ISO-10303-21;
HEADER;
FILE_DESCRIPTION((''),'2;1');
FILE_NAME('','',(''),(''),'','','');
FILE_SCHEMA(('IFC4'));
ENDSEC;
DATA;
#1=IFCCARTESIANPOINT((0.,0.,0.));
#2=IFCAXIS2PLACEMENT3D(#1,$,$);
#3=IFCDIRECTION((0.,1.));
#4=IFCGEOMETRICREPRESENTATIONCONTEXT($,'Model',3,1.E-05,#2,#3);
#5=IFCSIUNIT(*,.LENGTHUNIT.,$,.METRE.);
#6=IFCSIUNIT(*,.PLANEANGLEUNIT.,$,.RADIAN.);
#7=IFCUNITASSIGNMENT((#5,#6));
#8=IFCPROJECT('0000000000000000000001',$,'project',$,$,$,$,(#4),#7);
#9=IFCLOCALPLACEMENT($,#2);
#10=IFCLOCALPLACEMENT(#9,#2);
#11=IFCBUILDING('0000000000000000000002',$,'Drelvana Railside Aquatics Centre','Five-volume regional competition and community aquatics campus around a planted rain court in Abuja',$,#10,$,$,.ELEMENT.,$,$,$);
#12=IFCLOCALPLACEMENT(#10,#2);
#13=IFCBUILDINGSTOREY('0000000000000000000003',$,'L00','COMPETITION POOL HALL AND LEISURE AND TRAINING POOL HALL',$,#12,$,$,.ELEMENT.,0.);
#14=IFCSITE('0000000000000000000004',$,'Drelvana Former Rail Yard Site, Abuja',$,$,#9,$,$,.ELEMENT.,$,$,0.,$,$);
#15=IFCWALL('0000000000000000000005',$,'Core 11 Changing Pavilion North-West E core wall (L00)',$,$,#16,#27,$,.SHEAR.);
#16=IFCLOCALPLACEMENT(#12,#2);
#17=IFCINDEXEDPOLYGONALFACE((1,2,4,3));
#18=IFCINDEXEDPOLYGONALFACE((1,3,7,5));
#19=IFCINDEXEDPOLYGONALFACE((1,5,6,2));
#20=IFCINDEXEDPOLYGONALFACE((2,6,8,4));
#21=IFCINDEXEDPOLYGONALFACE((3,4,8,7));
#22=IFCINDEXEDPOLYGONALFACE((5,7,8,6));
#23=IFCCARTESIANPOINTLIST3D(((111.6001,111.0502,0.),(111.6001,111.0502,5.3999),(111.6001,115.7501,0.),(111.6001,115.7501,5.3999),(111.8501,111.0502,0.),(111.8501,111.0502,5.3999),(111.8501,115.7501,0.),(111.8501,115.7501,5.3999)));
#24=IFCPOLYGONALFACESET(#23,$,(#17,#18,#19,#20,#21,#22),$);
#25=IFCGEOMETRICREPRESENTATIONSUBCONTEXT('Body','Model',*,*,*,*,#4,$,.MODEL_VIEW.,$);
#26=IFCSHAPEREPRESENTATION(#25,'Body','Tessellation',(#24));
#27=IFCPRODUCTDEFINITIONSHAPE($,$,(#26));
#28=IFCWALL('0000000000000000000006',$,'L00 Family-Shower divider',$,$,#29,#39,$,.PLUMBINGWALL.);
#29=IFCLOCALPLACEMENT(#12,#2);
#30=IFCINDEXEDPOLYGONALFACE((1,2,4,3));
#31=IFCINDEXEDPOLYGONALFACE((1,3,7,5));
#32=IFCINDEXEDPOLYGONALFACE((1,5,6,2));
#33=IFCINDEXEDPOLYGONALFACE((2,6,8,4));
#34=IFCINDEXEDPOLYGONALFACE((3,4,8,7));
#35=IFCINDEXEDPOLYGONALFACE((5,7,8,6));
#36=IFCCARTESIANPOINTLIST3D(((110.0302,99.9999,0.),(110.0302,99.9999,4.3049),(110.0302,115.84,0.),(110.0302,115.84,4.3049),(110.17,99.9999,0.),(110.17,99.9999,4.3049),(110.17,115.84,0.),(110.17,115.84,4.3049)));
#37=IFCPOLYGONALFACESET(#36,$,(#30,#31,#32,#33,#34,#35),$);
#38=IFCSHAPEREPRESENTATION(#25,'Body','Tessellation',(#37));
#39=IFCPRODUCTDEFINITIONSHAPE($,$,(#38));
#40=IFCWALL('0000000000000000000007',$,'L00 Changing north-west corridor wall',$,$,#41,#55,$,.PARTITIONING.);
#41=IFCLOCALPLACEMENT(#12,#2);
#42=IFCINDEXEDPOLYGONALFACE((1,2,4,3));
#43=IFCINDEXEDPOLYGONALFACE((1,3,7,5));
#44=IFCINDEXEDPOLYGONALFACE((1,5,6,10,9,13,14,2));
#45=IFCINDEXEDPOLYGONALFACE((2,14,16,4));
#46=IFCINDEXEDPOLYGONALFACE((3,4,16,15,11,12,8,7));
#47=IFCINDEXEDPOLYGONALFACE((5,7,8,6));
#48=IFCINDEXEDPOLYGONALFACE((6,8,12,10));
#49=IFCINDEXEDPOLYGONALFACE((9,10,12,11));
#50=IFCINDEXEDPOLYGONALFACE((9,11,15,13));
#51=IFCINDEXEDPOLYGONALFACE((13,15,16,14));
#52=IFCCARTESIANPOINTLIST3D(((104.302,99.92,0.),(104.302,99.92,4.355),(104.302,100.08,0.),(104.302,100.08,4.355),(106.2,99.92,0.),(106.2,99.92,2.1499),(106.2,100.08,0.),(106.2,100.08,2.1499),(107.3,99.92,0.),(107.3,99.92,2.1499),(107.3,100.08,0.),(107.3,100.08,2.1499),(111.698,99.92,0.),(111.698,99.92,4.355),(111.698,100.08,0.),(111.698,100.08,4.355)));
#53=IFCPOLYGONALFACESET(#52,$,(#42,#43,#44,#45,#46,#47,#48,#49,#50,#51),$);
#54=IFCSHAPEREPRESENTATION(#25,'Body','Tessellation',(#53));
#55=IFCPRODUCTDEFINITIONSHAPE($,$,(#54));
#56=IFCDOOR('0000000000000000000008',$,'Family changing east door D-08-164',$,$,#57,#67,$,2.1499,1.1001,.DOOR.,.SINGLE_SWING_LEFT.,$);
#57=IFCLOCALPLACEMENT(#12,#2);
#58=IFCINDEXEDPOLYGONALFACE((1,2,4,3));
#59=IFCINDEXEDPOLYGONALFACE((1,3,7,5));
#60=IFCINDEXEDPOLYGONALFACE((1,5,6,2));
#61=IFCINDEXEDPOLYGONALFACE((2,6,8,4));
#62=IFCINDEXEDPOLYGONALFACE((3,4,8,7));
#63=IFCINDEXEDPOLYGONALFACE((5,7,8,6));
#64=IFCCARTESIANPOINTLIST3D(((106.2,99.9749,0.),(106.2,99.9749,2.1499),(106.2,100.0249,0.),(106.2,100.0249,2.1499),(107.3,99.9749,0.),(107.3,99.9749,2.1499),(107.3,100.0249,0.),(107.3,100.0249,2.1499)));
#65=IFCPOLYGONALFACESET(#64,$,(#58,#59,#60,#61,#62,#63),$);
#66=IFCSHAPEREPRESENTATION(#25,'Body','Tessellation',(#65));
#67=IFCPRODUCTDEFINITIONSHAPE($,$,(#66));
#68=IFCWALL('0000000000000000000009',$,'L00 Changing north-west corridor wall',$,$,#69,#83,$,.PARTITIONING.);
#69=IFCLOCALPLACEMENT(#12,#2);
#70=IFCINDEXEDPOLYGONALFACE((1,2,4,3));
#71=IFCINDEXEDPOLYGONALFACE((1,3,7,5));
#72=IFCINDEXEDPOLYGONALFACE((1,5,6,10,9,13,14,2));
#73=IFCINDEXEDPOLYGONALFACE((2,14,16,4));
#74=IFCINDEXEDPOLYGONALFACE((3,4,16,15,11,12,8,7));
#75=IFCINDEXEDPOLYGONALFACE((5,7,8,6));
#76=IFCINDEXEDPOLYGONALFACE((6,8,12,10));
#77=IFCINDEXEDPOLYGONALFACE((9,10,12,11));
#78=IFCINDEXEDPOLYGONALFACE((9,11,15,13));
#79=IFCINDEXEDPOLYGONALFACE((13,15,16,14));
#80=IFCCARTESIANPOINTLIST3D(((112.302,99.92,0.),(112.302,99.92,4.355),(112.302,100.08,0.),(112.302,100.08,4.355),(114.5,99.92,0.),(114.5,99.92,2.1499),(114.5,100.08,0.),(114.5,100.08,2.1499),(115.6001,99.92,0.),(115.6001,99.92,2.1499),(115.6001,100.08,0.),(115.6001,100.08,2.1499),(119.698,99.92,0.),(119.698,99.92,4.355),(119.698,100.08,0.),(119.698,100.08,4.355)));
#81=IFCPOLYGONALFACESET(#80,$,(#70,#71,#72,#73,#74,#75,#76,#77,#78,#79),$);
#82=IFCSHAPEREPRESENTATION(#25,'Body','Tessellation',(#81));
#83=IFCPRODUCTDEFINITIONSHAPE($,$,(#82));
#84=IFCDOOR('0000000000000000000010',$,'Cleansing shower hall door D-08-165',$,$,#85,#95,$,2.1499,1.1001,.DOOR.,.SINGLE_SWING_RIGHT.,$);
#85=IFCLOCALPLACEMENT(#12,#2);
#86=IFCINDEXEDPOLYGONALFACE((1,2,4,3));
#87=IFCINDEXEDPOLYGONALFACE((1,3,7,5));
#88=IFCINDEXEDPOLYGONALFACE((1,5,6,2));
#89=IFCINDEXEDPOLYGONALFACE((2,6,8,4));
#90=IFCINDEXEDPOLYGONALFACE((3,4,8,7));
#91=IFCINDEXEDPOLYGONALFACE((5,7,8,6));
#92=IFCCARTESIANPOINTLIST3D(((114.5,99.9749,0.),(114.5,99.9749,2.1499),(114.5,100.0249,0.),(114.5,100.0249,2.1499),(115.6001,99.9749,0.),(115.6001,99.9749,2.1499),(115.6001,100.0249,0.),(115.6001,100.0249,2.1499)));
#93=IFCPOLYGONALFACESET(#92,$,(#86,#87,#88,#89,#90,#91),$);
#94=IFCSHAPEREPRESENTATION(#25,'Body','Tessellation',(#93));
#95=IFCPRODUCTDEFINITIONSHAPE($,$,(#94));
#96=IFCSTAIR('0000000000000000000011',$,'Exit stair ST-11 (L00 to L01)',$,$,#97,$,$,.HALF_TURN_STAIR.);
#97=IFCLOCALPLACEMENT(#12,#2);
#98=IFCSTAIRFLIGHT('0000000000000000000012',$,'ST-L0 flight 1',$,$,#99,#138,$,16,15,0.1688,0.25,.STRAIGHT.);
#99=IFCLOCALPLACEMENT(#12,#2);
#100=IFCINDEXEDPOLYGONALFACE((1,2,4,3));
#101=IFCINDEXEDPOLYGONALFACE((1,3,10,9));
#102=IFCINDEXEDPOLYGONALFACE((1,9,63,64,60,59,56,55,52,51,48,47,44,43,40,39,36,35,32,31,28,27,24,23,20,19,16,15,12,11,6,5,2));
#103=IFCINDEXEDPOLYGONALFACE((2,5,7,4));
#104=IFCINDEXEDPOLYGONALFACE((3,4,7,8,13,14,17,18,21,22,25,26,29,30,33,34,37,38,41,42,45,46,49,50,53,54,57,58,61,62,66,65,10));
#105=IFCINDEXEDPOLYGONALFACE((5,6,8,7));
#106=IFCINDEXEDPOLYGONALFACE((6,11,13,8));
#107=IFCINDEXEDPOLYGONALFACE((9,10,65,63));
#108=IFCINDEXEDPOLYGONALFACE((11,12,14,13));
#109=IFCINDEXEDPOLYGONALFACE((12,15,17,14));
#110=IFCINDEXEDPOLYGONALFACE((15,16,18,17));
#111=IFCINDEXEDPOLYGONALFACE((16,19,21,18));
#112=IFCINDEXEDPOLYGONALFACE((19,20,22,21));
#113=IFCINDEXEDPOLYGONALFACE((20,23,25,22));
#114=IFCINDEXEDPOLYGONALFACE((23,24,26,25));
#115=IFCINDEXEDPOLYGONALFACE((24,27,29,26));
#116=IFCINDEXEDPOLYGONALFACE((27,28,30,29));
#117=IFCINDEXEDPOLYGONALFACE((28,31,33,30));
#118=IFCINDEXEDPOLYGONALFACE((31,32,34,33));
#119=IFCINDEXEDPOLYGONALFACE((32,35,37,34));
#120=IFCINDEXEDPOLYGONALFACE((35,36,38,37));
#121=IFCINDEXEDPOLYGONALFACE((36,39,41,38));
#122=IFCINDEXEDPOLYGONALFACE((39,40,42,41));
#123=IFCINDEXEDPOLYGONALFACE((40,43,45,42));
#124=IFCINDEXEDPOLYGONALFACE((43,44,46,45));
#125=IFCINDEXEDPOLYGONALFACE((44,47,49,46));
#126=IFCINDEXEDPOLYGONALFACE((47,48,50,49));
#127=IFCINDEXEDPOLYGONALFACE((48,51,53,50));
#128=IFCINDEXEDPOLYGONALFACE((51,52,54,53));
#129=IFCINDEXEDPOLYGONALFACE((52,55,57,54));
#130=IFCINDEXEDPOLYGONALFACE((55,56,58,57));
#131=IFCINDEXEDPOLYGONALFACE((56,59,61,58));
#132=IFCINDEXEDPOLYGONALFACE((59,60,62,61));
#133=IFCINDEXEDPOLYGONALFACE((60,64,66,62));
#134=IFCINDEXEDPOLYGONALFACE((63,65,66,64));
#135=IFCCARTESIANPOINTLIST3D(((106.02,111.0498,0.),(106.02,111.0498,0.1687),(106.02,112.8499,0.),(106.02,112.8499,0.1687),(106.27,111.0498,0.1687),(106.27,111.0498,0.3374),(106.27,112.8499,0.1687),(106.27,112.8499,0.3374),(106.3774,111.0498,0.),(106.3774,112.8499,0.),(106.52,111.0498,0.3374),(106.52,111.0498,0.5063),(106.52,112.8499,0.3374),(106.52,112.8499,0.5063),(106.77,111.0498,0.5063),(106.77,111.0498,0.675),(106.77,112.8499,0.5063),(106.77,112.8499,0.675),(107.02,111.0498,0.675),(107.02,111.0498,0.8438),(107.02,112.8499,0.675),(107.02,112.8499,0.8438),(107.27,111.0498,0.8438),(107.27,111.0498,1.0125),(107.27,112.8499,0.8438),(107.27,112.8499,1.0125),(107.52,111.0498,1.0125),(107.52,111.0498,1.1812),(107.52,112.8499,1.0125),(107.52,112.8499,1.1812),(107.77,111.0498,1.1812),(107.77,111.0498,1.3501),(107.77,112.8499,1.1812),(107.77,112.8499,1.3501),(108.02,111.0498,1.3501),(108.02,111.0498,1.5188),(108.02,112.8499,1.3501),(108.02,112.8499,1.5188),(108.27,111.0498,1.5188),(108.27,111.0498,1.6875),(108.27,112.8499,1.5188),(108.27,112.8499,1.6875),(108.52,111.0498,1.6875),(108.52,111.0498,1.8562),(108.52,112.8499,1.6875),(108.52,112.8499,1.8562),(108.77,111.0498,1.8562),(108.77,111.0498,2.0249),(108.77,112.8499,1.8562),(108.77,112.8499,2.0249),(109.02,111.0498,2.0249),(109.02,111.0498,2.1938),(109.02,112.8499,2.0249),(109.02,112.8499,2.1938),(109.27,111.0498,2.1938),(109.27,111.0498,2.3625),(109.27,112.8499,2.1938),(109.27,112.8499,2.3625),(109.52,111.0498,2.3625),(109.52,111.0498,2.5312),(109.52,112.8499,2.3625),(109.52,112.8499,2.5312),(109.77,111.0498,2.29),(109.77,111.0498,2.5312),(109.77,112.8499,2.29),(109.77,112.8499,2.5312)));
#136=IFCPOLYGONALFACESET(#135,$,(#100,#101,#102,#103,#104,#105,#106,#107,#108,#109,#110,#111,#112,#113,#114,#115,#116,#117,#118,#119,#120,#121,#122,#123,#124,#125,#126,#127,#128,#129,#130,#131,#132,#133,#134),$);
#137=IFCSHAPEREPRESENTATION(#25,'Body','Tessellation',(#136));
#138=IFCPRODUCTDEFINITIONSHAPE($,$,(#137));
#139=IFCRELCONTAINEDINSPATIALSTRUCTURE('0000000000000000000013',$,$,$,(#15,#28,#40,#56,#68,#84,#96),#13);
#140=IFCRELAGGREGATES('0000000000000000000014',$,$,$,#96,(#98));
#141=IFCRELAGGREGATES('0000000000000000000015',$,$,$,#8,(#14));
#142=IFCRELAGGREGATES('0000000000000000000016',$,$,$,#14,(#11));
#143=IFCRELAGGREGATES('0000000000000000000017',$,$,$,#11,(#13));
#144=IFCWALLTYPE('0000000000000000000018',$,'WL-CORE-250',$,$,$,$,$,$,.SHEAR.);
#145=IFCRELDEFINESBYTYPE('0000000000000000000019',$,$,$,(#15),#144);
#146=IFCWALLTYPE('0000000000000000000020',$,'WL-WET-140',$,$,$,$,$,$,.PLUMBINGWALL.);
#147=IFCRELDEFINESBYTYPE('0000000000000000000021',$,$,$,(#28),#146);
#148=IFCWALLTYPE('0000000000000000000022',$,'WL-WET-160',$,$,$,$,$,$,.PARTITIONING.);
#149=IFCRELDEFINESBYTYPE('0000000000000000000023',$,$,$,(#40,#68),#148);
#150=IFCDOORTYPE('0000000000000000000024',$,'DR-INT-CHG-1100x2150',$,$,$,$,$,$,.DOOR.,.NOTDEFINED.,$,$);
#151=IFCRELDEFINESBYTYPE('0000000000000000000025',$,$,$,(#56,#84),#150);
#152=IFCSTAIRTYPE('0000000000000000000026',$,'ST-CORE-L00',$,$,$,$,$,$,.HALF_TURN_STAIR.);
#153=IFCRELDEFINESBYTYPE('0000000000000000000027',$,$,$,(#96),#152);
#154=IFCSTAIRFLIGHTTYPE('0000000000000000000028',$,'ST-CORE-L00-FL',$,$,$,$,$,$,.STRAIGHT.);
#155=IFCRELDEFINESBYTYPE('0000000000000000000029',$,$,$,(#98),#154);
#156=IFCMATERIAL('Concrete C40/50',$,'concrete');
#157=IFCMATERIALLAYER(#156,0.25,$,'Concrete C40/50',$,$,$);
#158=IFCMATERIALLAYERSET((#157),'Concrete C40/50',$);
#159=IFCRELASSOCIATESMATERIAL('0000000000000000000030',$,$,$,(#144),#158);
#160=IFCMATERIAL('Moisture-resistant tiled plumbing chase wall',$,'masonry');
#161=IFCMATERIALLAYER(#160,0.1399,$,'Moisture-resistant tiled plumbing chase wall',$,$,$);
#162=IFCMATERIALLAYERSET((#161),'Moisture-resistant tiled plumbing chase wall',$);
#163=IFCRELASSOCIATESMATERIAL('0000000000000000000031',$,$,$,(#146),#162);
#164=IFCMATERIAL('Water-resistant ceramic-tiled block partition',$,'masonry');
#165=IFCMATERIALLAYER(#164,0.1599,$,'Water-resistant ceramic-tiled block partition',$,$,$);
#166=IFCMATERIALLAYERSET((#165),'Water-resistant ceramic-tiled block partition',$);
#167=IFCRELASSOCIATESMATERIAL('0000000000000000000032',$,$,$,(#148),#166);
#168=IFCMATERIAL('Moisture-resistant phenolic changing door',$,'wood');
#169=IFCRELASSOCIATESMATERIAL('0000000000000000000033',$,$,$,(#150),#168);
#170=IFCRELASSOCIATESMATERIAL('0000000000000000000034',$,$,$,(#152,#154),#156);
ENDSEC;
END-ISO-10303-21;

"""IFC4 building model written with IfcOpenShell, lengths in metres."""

from ifc_helpers import new_model, si_unit, direction, frame, frame_2d, origin, place, context, subcontext, project, spatial, polyline, rectangle, outline, extrude, material, layer, layer_set, type_object, element, fill, aggregate, save


model = new_model("IFC4")

# Units and contexts
model_context = context("Model", 3, precision=1e-05, world=origin(), true_north=direction((0.0, 1.0)))
body_context = subcontext(model_context, "Body", "Model", "MODEL_VIEW")
ifc_project = project(units=[si_unit("LENGTHUNIT", "METRE"), si_unit("PLANEANGLEUNIT", "RADIAN")], contexts=[model_context])

# Site, building, storey
site_placement = place(None, origin())
site = spatial("IfcSite", under=ifc_project, at=site_placement, Name="Drelvana Former Rail Yard Site, Abuja", CompositionType="ELEMENT", RefElevation=0.0)
building_placement = place(site_placement, origin())
building = spatial("IfcBuilding", under=site, at=building_placement, Name="Drelvana Railside Aquatics Centre", Description="Five-volume regional competition and community aquatics campus around a planted rain court in Abuja", CompositionType="ELEMENT")
storey_placement = place(building_placement, origin())
storey = spatial("IfcBuildingStorey", under=building, at=storey_placement, Name="L00", Description="COMPETITION POOL HALL AND LEISURE AND TRAINING POOL HALL", CompositionType="ELEMENT", Elevation=0.0)

# Shared definitions
ifc_material_1 = material(Name="Concrete C40/50", Category="concrete")

# Shared definitions
ifc_layer_1 = layer(ifc_material_1, 0.25, Name="Concrete C40/50")
ifc_layer_set_1 = layer_set([ifc_layer_1], Name="Concrete C40/50")
wall_type_1 = type_object("IfcWallType", Name="WL-CORE-250", PredefinedType="SHEAR", material=ifc_layer_set_1)

# Walls
for number, where, z_axis, x_axis, name in (
    (1, (111.7251, 111.05, 0.0), (0.0, 0.0, 1.0), (0.0, 1.0, 0.0), "Core 11 Changing Pavilion North-West E core wall (L00)"),
):
    element("IfcWall", number, at=place(storey_placement, frame(where, z_axis=z_axis, x_axis=x_axis)), inside=storey, type_object=wall_type_1, Name=name, PredefinedType="SHEAR", context=body_context, shape_type="SweptSolid", body=[
        extrude(rectangle(XDim=4.7, YDim=0.25, at=frame_2d((2.3501, 0.0))), origin(), (0.0, 0.0, 1.0), 5.3999),
    ])
ifc_material_2 = material(Name="Moisture-resistant tiled plumbing chase wall", Category="masonry")
ifc_layer_2 = layer(ifc_material_2, 0.1399, Name="Moisture-resistant tiled plumbing chase wall")
ifc_layer_set_2 = layer_set([ifc_layer_2], Name="Moisture-resistant tiled plumbing chase wall")
wall_type_2 = type_object("IfcWallType", Name="WL-WET-140", PredefinedType="PLUMBINGWALL", material=ifc_layer_set_2)
wall_1_placement = place(storey_placement, frame((110.1001, 100.0, 0.0), z_axis=(0.0, 0.0, 1.0), x_axis=(0.0, 1.0, 0.0)))
element("IfcWall", 2, at=wall_1_placement, inside=storey, type_object=wall_type_2, Name="L00 Family-Shower divider", PredefinedType="PLUMBINGWALL", context=body_context, shape_type="SweptSolid", body=[
    extrude(rectangle(XDim=15.8401, YDim=0.1399, at=frame_2d((7.9199, 0.0))), origin(), (0.0, 0.0, 1.0), 4.3049),
])

# Walls, openings, doors
ifc_material_3 = material(Name="Water-resistant ceramic-tiled block partition", Category="masonry")
ifc_layer_3 = layer(ifc_material_3, 0.1599, Name="Water-resistant ceramic-tiled block partition")
ifc_layer_set_3 = layer_set([ifc_layer_3], Name="Water-resistant ceramic-tiled block partition")
wall_type_3 = type_object("IfcWallType", Name="WL-WET-160", PredefinedType="PARTITIONING", material=ifc_layer_set_3)
wall_2_placement = place(storey_placement, frame((104.302, 100.0, 0.0), z_axis=(0.0, 0.0, 1.0), x_axis=(1.0, 0.0, 0.0)))
wall_2 = element("IfcWall", 3, at=wall_2_placement, inside=storey, type_object=wall_type_3, Name="L00 Changing north-west corridor wall", PredefinedType="PARTITIONING", context=body_context, shape_type="SweptSolid", body=[
    extrude(rectangle(XDim=7.396, YDim=0.1599, at=frame_2d((3.698, 0.0))), origin(), (0.0, 0.0, 1.0), 4.355),
])
opening_1_placement = place(wall_2_placement, frame((1.8979, 0.0, 0.0)))
opening_1 = element("IfcOpeningElement", 4, at=opening_1_placement, cuts=wall_2, PredefinedType="OPENING", context=body_context, shape_type="SweptSolid", body=[
    extrude(rectangle(XDim=1.1001, YDim=2.1499, at=frame_2d((0.55, 1.075))), frame((0.0, 0.0898, 0.0), z_axis=(0.0, -1.0, 0.0), x_axis=(1.0, 0.0, 0.0)), (0.0, 0.0, 1.0), 0.1799),
])
ifc_material_4 = material(Name="Moisture-resistant phenolic changing door", Category="wood")
door_type_1 = type_object("IfcDoorType", Name="DR-INT-CHG-1100x2150", OperationType="NOTDEFINED", PredefinedType="DOOR", material=ifc_material_4)
door_1_placement = place(opening_1_placement, origin())
door_1 = element("IfcDoor", 5, at=door_1_placement, inside=storey, type_object=door_type_1, Name="Family changing east door D-08-164", OperationType="SINGLE_SWING_LEFT", OverallHeight=2.1499, OverallWidth=1.1001, PredefinedType="DOOR", context=body_context, shape_type="SweptSolid", body=[
    extrude(rectangle(XDim=1.1001, YDim=2.1499, at=frame_2d((0.55, 1.075))), frame((0.0, 0.0249, 0.0), z_axis=(0.0, -1.0, 0.0), x_axis=(1.0, 0.0, 0.0)), (0.0, 0.0, 1.0), 0.05),
])
fill(opening_1, door_1)
wall_3_placement = place(storey_placement, frame((112.302, 100.0, 0.0), z_axis=(0.0, 0.0, 1.0), x_axis=(1.0, 0.0, 0.0)))
wall_3 = element("IfcWall", 6, at=wall_3_placement, inside=storey, type_object=wall_type_3, Name="L00 Changing north-west corridor wall", PredefinedType="PARTITIONING", context=body_context, shape_type="SweptSolid", body=[
    extrude(rectangle(XDim=7.396, YDim=0.1599, at=frame_2d((3.698, 0.0))), origin(), (0.0, 0.0, 1.0), 4.355),
])
opening_2_placement = place(wall_3_placement, frame((2.198, 0.0, 0.0)))
opening_2 = element("IfcOpeningElement", 7, at=opening_2_placement, cuts=wall_3, PredefinedType="OPENING", context=body_context, shape_type="SweptSolid", body=[
    extrude(rectangle(XDim=1.1001, YDim=2.1499, at=frame_2d((0.55, 1.075))), frame((0.0, 0.0898, 0.0), z_axis=(0.0, -1.0, 0.0), x_axis=(1.0, 0.0, 0.0)), (0.0, 0.0, 1.0), 0.1799),
])
door_2_placement = place(opening_2_placement, origin())
door_2 = element("IfcDoor", 8, at=door_2_placement, inside=storey, type_object=door_type_1, Name="Cleansing shower hall door D-08-165", OperationType="SINGLE_SWING_RIGHT", OverallHeight=2.1499, OverallWidth=1.1001, PredefinedType="DOOR", context=body_context, shape_type="SweptSolid", body=[
    extrude(rectangle(XDim=1.1001, YDim=2.1499, at=frame_2d((0.55, 1.075))), frame((0.0, 0.0249, 0.0), z_axis=(0.0, -1.0, 0.0), x_axis=(1.0, 0.0, 0.0)), (0.0, 0.0, 1.0), 0.05),
])
fill(opening_2, door_2)

# Stair, stair flight
stair_type = type_object("IfcStairType", Name="ST-CORE-L00", PredefinedType="HALF_TURN_STAIR", material=ifc_material_1)
stair_placement = place(storey_placement, origin())
stair = element("IfcStair", 9, at=stair_placement, inside=storey, type_object=stair_type, Name="Exit stair ST-11 (L00 to L01)", PredefinedType="HALF_TURN_STAIR")
stair_flight_type = type_object("IfcStairFlightType", Name="ST-CORE-L00-FL", PredefinedType="STRAIGHT", material=ifc_material_1)
stair_flight_placement = place(storey_placement, frame((106.02, 111.95, 0.0), z_axis=(0.0, 0.0, 1.0), x_axis=(1.0, 0.0, 0.0)))
stair_flight = element("IfcStairFlight", 10, at=stair_flight_placement, type_object=stair_flight_type, Name="ST-L0 flight 1", NumberOfRisers=16, NumberOfTreads=15, PredefinedType="STRAIGHT", RiserHeight=0.1688, TreadLength=0.25, context=body_context, shape_type="SweptSolid", body=[
    extrude(outline(polyline([(0.0, 0.0), (0.0, 0.1687), (0.25, 0.1687), (0.25, 0.3374), (0.5, 0.3374), (0.5, 0.5063), (0.75, 0.5063), (0.75, 0.675), (1.0, 0.675), (1.0, 0.8438), (1.25, 0.8438), (1.25, 1.0125), (1.5, 1.0125), (1.5, 1.1812), (1.75, 1.1812), (1.75, 1.3501), (2.0, 1.3501), (2.0, 1.5188), (2.25, 1.5188), (2.25, 1.6875), (2.5, 1.6875), (2.5, 1.8562), (2.75, 1.8562), (2.75, 2.0249), (3.0, 2.0249), (3.0, 2.1938), (3.25, 2.1938), (3.25, 2.3625), (3.5, 2.3625), (3.5, 2.5312), (3.75, 2.5312), (3.75, 2.7), (3.75, 2.29), (0.3574, 0.0), (0.0, 0.0)])), frame((0.0, 0.8999, 0.0), z_axis=(0.0, -1.0, 0.0), x_axis=(1.0, 0.0, 0.0)), (0.0, 0.0, 1.0), 1.8),
])
aggregate(stair, [stair_flight])

save(model, "model.ifc")
